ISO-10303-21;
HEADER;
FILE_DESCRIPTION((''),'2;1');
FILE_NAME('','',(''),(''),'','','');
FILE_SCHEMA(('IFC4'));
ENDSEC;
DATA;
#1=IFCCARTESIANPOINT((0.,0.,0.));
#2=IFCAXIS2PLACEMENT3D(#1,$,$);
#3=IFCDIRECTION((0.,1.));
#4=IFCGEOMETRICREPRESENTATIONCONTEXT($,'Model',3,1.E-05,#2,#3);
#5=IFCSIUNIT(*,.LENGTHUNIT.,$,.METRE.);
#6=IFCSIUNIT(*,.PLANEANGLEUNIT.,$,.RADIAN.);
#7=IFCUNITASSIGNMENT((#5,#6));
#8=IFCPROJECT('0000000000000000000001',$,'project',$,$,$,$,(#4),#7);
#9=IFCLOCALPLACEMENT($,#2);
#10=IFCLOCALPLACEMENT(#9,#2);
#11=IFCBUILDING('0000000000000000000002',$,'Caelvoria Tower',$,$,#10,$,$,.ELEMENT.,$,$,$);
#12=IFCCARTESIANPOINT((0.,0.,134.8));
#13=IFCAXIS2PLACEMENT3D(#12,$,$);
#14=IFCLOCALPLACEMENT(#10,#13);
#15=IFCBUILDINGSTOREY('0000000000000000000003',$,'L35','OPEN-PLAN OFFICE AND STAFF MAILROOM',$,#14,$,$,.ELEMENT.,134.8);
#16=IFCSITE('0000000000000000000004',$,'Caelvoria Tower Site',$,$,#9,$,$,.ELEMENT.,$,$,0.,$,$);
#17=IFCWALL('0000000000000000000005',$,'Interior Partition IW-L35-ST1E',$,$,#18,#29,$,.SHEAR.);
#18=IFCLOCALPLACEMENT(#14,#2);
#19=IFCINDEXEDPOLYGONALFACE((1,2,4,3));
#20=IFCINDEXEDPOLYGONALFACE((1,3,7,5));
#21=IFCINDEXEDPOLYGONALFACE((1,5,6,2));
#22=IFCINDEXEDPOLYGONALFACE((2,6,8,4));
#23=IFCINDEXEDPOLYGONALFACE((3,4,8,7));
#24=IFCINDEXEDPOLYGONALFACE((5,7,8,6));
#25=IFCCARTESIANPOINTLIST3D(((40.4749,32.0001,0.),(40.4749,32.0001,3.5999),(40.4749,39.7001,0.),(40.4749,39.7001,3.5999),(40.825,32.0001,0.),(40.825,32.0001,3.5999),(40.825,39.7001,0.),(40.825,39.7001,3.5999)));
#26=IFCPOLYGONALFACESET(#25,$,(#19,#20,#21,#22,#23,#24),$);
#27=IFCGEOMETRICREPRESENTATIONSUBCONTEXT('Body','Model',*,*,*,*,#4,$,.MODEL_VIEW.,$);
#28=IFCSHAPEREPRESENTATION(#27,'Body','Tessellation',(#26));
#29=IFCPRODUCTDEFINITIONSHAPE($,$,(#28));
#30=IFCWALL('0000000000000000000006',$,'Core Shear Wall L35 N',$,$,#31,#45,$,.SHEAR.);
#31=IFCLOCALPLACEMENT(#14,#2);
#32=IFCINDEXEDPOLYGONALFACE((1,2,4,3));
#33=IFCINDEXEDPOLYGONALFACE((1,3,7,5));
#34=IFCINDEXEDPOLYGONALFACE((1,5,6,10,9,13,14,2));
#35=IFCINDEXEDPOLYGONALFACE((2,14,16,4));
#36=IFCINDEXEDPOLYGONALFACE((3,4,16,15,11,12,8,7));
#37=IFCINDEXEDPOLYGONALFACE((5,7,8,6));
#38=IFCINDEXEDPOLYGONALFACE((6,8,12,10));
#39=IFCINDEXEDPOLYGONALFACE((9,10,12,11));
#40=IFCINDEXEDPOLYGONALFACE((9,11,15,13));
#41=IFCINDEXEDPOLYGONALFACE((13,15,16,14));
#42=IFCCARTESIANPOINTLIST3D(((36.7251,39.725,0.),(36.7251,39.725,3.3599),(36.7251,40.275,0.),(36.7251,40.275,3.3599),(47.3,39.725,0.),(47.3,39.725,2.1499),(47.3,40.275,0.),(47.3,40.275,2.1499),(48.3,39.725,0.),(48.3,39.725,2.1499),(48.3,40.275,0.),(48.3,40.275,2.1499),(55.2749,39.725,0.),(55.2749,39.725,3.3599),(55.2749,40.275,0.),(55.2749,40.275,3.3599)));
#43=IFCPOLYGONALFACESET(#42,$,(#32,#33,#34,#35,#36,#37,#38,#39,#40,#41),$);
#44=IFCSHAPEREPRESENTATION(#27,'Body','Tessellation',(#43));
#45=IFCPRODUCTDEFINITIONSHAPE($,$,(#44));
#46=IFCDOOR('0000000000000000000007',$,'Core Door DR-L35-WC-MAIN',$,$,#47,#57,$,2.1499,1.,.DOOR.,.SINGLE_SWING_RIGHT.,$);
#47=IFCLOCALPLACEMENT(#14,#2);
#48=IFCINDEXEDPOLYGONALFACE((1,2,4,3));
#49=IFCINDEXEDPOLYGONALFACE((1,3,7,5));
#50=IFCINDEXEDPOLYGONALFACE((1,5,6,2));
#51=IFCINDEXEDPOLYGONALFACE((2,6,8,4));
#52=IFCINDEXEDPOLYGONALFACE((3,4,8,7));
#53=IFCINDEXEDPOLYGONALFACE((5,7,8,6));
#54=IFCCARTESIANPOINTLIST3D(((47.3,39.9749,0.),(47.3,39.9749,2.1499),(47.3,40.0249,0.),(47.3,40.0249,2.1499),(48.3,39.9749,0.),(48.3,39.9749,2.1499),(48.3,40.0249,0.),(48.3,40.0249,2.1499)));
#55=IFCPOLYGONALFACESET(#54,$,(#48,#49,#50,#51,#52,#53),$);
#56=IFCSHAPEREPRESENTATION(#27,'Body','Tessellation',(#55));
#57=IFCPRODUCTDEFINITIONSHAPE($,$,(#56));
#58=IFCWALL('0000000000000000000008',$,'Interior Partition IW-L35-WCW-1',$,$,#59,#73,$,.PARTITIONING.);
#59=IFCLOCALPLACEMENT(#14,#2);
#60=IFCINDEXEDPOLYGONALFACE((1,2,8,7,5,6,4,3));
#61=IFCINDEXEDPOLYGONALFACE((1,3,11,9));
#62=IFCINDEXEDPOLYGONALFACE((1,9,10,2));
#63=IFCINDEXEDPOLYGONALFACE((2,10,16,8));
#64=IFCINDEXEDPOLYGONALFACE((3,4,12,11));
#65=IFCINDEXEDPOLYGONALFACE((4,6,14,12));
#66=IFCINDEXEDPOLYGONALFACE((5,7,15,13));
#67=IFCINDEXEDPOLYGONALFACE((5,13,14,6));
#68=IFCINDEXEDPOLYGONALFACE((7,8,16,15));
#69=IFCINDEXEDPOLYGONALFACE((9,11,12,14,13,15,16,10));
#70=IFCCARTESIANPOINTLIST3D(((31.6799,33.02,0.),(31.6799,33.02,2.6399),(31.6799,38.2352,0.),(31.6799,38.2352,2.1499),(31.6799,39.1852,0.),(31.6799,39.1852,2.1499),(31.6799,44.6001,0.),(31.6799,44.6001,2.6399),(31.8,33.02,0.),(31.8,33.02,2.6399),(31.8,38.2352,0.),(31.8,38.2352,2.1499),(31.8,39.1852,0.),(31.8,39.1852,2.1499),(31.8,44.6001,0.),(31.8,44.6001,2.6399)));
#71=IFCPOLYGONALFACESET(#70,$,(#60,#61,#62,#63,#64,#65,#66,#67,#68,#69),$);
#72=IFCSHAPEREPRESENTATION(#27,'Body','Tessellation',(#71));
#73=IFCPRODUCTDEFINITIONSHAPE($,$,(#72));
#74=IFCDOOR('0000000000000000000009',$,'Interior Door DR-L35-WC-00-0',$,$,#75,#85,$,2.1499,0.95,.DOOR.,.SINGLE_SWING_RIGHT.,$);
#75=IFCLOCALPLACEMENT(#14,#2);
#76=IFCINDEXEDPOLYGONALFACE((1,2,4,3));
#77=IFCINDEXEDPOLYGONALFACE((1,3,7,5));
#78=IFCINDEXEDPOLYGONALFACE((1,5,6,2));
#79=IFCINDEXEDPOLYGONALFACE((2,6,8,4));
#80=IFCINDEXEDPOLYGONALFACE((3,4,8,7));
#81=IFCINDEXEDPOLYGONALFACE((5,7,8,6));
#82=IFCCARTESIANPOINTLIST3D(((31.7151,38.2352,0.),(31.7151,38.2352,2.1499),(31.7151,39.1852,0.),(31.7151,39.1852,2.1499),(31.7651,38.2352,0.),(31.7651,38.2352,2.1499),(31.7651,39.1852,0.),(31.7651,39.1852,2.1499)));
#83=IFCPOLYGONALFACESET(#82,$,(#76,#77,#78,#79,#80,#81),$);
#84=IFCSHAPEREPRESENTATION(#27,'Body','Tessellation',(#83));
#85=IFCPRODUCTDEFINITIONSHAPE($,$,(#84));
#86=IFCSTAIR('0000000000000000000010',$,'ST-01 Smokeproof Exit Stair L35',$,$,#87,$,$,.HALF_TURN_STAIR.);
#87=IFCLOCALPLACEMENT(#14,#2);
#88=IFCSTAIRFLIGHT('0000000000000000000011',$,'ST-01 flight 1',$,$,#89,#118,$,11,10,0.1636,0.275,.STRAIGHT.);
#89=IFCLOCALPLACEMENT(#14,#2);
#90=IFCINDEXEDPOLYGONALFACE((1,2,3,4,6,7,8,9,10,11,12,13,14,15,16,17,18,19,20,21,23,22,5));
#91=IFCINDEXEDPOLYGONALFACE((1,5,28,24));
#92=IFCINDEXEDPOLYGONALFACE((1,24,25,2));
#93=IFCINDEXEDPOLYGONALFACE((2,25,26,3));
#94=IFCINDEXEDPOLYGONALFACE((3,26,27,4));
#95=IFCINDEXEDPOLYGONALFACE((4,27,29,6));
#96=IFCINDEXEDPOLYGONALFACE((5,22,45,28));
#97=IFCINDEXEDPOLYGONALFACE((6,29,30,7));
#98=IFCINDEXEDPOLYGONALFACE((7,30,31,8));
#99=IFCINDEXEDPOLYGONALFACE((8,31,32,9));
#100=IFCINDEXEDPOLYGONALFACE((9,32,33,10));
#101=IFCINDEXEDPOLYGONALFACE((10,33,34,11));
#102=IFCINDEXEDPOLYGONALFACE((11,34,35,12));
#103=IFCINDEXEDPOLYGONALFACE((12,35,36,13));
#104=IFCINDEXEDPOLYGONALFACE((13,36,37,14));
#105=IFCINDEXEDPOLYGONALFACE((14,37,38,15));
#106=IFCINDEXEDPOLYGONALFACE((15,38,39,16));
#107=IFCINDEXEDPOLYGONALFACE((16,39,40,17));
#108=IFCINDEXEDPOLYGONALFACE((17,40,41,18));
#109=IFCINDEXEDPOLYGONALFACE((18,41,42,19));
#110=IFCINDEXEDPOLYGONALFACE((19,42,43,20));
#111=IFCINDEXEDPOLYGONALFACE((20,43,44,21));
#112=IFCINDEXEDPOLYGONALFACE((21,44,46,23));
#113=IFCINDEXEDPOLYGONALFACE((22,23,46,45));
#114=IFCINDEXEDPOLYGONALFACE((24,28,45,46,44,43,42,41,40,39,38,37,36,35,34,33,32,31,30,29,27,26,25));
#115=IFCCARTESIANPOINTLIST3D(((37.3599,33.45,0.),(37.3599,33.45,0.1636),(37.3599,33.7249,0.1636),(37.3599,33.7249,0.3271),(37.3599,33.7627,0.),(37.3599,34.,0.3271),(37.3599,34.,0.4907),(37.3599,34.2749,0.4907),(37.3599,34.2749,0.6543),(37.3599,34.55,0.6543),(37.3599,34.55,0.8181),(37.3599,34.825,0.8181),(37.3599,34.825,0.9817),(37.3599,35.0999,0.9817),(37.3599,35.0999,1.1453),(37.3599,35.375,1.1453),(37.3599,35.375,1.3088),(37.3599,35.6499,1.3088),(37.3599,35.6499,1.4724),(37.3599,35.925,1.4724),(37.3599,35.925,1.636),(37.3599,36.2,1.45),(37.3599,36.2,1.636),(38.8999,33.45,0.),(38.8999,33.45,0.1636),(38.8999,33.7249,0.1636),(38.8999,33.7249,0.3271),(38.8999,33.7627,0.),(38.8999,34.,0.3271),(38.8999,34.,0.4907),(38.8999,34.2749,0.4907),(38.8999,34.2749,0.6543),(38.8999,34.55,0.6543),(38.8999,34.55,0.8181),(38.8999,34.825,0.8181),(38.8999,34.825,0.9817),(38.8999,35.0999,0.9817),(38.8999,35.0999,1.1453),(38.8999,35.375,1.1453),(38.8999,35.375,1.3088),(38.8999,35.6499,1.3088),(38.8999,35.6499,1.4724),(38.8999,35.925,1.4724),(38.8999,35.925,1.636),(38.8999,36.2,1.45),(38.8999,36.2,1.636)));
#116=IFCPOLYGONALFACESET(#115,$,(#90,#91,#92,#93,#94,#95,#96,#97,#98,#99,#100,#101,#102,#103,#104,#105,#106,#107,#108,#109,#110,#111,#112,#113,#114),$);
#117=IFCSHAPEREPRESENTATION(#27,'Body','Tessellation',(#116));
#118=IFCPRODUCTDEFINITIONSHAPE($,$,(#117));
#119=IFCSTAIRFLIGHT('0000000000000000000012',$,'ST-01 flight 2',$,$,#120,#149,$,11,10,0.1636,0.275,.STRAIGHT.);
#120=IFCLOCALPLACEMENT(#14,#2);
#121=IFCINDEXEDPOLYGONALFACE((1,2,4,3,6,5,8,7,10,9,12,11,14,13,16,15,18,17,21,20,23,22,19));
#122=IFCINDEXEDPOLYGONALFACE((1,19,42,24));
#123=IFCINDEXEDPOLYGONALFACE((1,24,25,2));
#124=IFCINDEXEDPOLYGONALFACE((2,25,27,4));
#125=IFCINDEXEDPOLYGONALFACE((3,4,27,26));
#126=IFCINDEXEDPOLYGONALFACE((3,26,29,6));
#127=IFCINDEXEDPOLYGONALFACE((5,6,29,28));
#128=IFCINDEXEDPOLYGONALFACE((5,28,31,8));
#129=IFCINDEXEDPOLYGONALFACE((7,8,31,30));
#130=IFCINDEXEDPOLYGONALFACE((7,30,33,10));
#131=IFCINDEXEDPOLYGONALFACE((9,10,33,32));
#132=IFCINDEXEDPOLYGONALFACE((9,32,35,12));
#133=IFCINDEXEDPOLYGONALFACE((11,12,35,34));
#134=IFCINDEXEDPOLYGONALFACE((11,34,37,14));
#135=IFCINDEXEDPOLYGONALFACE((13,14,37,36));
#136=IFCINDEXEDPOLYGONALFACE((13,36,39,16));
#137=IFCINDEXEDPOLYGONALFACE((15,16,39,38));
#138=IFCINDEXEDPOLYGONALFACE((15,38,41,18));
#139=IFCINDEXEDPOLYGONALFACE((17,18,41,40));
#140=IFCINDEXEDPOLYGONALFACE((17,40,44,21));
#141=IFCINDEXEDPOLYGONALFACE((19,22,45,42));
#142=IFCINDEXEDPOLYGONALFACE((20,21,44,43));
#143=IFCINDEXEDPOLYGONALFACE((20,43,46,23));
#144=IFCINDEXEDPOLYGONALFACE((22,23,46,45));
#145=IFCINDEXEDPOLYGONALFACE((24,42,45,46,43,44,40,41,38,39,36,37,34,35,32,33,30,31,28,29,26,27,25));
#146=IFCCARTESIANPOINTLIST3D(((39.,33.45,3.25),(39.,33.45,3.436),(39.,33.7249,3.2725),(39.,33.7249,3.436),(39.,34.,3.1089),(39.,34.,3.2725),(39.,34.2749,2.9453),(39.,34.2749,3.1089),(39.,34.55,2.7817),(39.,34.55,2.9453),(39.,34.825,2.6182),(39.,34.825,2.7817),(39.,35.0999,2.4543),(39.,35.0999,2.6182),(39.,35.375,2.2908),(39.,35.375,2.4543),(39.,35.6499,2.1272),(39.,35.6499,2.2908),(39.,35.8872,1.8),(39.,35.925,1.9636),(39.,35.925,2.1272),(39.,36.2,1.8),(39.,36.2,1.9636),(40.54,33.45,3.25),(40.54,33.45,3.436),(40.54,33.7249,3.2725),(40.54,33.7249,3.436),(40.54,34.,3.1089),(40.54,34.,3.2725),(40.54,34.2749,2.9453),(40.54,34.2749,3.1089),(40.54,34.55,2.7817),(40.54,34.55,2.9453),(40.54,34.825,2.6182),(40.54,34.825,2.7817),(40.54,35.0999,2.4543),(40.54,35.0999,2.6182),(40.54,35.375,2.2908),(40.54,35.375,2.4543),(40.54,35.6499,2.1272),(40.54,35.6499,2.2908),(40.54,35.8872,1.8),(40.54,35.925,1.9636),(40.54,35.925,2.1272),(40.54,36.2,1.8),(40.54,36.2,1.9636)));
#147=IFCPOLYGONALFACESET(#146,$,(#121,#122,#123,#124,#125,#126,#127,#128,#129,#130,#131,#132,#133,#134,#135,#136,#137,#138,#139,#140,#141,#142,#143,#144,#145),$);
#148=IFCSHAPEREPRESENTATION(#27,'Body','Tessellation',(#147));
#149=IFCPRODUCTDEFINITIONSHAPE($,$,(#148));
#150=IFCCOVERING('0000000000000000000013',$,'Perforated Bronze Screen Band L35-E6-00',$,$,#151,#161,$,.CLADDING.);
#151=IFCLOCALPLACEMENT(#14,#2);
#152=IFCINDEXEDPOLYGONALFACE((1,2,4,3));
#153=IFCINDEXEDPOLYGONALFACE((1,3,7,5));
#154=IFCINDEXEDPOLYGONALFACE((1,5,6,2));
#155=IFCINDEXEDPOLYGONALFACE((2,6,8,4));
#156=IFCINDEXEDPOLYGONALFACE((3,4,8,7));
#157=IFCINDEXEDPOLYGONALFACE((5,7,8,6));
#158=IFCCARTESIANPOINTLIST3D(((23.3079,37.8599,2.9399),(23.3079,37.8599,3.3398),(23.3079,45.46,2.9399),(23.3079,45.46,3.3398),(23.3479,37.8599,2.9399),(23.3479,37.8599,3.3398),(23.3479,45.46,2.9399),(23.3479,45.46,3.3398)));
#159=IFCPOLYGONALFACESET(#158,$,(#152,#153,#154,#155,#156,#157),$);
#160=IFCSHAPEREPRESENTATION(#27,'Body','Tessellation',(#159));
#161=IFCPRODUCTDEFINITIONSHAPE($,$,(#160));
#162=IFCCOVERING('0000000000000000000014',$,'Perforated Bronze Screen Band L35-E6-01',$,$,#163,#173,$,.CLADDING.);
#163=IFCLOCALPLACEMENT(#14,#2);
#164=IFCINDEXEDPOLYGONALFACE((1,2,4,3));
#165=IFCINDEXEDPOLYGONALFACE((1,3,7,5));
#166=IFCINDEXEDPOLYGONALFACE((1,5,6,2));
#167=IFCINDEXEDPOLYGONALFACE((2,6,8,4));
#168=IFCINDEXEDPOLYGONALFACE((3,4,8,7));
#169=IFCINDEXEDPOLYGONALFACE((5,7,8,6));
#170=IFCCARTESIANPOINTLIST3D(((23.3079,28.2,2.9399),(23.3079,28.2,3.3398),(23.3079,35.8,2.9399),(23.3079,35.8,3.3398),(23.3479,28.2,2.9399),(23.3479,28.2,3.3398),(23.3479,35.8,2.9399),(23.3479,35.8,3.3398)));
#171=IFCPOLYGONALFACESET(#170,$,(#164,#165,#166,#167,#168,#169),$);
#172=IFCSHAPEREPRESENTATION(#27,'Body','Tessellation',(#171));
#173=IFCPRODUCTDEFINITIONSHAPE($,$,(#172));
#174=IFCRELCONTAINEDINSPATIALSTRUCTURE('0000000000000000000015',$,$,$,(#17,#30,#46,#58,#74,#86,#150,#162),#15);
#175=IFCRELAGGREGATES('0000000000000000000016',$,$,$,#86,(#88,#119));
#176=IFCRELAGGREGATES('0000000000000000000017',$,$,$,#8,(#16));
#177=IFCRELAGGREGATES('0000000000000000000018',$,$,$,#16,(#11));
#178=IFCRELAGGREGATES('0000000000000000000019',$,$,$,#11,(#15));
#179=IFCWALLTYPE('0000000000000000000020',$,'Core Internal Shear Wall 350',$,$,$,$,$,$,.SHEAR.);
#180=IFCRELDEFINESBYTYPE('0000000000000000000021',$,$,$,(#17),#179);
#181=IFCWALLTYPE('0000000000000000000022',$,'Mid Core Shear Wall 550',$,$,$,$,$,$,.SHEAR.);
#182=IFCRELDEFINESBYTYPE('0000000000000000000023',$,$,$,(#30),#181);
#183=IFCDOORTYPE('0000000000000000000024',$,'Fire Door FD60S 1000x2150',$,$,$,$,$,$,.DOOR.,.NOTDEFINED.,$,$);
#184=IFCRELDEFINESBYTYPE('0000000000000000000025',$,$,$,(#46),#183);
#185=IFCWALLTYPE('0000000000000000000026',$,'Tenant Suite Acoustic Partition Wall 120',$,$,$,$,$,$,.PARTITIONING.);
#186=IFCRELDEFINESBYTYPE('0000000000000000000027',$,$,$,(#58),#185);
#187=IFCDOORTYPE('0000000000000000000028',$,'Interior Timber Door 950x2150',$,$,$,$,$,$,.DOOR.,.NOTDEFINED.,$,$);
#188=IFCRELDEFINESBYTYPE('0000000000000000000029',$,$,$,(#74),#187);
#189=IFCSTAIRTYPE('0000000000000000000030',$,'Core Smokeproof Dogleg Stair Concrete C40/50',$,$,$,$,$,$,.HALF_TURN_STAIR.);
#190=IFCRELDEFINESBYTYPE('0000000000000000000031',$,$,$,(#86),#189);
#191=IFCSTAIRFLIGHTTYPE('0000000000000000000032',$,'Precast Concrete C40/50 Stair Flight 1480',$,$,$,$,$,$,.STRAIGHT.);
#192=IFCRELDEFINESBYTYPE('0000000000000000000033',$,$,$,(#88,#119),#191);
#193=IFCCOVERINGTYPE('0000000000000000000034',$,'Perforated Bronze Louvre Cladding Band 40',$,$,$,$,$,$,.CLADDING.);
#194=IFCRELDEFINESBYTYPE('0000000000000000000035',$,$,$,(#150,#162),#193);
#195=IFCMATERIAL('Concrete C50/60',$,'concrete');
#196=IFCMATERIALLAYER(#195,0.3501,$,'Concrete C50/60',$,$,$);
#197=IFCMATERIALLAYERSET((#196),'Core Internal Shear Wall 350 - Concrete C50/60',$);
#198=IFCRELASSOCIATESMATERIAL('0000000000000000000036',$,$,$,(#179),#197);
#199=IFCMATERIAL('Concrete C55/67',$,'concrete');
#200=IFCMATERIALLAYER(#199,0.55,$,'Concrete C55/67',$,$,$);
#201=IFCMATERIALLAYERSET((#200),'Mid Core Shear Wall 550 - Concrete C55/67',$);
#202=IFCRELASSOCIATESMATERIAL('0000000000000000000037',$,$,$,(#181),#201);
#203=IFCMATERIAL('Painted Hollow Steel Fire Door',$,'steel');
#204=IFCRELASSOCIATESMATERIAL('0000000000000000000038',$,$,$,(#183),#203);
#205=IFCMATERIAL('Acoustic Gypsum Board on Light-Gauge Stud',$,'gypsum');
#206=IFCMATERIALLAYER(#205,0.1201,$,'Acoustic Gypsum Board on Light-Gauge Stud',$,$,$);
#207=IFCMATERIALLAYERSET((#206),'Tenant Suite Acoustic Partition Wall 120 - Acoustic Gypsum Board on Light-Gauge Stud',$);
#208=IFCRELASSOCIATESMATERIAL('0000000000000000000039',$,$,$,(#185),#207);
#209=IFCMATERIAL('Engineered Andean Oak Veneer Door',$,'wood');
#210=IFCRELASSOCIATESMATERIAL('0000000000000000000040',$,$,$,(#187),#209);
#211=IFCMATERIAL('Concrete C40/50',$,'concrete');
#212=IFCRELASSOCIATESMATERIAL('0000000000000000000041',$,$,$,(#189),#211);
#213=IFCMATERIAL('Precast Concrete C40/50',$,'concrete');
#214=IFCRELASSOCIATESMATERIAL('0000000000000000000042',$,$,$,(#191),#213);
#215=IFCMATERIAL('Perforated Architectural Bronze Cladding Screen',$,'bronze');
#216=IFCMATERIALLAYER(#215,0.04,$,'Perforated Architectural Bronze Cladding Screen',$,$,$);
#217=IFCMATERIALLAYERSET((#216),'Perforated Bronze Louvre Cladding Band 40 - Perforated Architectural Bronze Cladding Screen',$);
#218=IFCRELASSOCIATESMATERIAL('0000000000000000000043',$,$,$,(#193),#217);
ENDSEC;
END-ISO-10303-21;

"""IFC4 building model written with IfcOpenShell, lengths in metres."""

from ifc_helpers import new_model, si_unit, direction, frame, frame_2d, origin, origin_2d, place, context, subcontext, project, spatial, polyline, rectangle, outline, extrude, material, layer, layer_set, type_object, element, fill, aggregate, save


model = new_model("IFC4")

# Units and contexts
model_context = context("Model", 3, precision=1e-05, world=origin(), true_north=direction((0.0, 1.0)))
body_context = subcontext(model_context, "Body", "Model", "MODEL_VIEW")
ifc_project = project(units=[si_unit("LENGTHUNIT", "METRE"), si_unit("PLANEANGLEUNIT", "RADIAN")], contexts=[model_context])

# Site, building, storey
site_placement = place(None, origin())
site = spatial("IfcSite", under=ifc_project, at=site_placement, Name="Caelvoria Tower Site", CompositionType="ELEMENT", RefElevation=0.0)
building_placement = place(site_placement, origin())
building = spatial("IfcBuilding", under=site, at=building_placement, Name="Caelvoria Tower", CompositionType="ELEMENT")
storey_placement = place(building_placement, frame((0.0, 0.0, 134.8)))
storey = spatial("IfcBuildingStorey", under=building, at=storey_placement, Name="L35", Description="OPEN-PLAN OFFICE AND STAFF MAILROOM", CompositionType="ELEMENT", Elevation=134.8)

# Wall
ifc_material_1 = material(Name="Concrete C50/60", Category="concrete")
ifc_layer_1 = layer(ifc_material_1, 0.3501, Name="Concrete C50/60")
ifc_layer_set_1 = layer_set([ifc_layer_1], Name="Core Internal Shear Wall 350 - Concrete C50/60")
wall_type_1 = type_object("IfcWallType", Name="Core Internal Shear Wall 350", PredefinedType="SHEAR", material=ifc_layer_set_1)
wall_1_placement = place(storey_placement, frame((40.6499, 32.0, 0.0), z_axis=(0.0, 0.0, 1.0), x_axis=(0.0, 1.0, 0.0)))
element("IfcWall", 1, at=wall_1_placement, inside=storey, type_object=wall_type_1, Name="Interior Partition IW-L35-ST1E", PredefinedType="SHEAR", context=body_context, shape_type="SweptSolid", body=[
    extrude(rectangle(XDim=7.7, YDim=0.3501, at=frame_2d((3.8501, 0.0))), origin(), (0.0, 0.0, 1.0), 3.5999),
])

# Walls, openings, doors
ifc_material_2 = material(Name="Concrete C55/67", Category="concrete")
ifc_layer_2 = layer(ifc_material_2, 0.55, Name="Concrete C55/67")
ifc_layer_set_2 = layer_set([ifc_layer_2], Name="Mid Core Shear Wall 550 - Concrete C55/67")
wall_type_2 = type_object("IfcWallType", Name="Mid Core Shear Wall 550", PredefinedType="SHEAR", material=ifc_layer_set_2)
wall_2_placement = place(storey_placement, frame((36.7251, 40.0, 0.0), z_axis=(0.0, 0.0, 1.0), x_axis=(1.0, 0.0, 0.0)))
wall_2 = element("IfcWall", 2, at=wall_2_placement, inside=storey, type_object=wall_type_2, Name="Core Shear Wall L35 N", PredefinedType="SHEAR", context=body_context, shape_type="SweptSolid", body=[
    extrude(rectangle(XDim=18.5498, YDim=0.55, at=frame_2d((9.2749, 0.0))), origin(), (0.0, 0.0, 1.0), 3.3599),
])
opening_1_placement = place(wall_2_placement, frame((10.575, 0.0, 0.0)))
opening_1 = element("IfcOpeningElement", 3, at=opening_1_placement, cuts=wall_2, PredefinedType="OPENING", context=body_context, shape_type="SweptSolid", body=[
    extrude(rectangle(XDim=1.0, YDim=2.1499, at=frame_2d((0.5, 1.075))), frame((0.0, 0.2849, 0.0), z_axis=(0.0, -1.0, 0.0), x_axis=(1.0, 0.0, 0.0)), (0.0, 0.0, 1.0), 0.5701),
])
ifc_material_3 = material(Name="Painted Hollow Steel Fire Door", Category="steel")
door_type_1 = type_object("IfcDoorType", Name="Fire Door FD60S 1000x2150", OperationType="NOTDEFINED", PredefinedType="DOOR", material=ifc_material_3)
door_1_placement = place(opening_1_placement, origin())
door_1 = element("IfcDoor", 4, at=door_1_placement, inside=storey, type_object=door_type_1, Name="Core Door DR-L35-WC-MAIN", OperationType="SINGLE_SWING_RIGHT", OverallHeight=2.1499, OverallWidth=1.0, PredefinedType="DOOR", context=body_context, shape_type="SweptSolid", body=[
    extrude(rectangle(XDim=1.0, YDim=2.1499, at=frame_2d((0.5, 1.075))), frame((0.0, 0.0249, 0.0), z_axis=(0.0, -1.0, 0.0), x_axis=(1.0, 0.0, 0.0)), (0.0, 0.0, 1.0), 0.05),
])
fill(opening_1, door_1)
ifc_material_4 = material(Name="Acoustic Gypsum Board on Light-Gauge Stud", Category="gypsum")
ifc_layer_3 = layer(ifc_material_4, 0.1201, Name="Acoustic Gypsum Board on Light-Gauge Stud")
ifc_layer_set_3 = layer_set([ifc_layer_3], Name="Tenant Suite Acoustic Partition Wall 120 - Acoustic Gypsum Board on Light-Gauge Stud")
wall_type_3 = type_object("IfcWallType", Name="Tenant Suite Acoustic Partition Wall 120", PredefinedType="PARTITIONING", material=ifc_layer_set_3)
wall_3_placement = place(storey_placement, frame((31.74, 33.02, 0.0), z_axis=(0.0, 0.0, 1.0), x_axis=(0.0, 1.0, 0.0)))
wall_3 = element("IfcWall", 5, at=wall_3_placement, inside=storey, type_object=wall_type_3, Name="Interior Partition IW-L35-WCW-1", PredefinedType="PARTITIONING", context=body_context, shape_type="SweptSolid", body=[
    extrude(rectangle(XDim=11.5801, YDim=0.1201, at=frame_2d((5.79, 0.0))), origin(), (0.0, 0.0, 1.0), 2.6399),
])
opening_2_placement = place(wall_3_placement, frame((5.2151, 0.0, 0.0)))
opening_2 = element("IfcOpeningElement", 6, at=opening_2_placement, cuts=wall_3, PredefinedType="OPENING", context=body_context, shape_type="SweptSolid", body=[
    extrude(rectangle(XDim=0.95, YDim=2.1499, at=frame_2d((0.4751, 1.075))), frame((0.0, 0.0701, 0.0), z_axis=(0.0, -1.0, 0.0), x_axis=(1.0, 0.0, 0.0)), (0.0, 0.0, 1.0), 0.1401),
])
ifc_material_5 = material(Name="Engineered Andean Oak Veneer Door", Category="wood")
door_type_2 = type_object("IfcDoorType", Name="Interior Timber Door 950x2150", OperationType="NOTDEFINED", PredefinedType="DOOR", material=ifc_material_5)
door_2_placement = place(opening_2_placement, origin())
door_2 = element("IfcDoor", 7, at=door_2_placement, inside=storey, type_object=door_type_2, Name="Interior Door DR-L35-WC-00-0", OperationType="SINGLE_SWING_RIGHT", OverallHeight=2.1499, OverallWidth=0.95, PredefinedType="DOOR", context=body_context, shape_type="SweptSolid", body=[
    extrude(rectangle(XDim=0.95, YDim=2.1499, at=frame_2d((0.4751, 1.075))), frame((0.0, 0.0249, 0.0), z_axis=(0.0, -1.0, 0.0), x_axis=(1.0, 0.0, 0.0)), (0.0, 0.0, 1.0), 0.05),
])
fill(opening_2, door_2)

# Stair, stair flights
ifc_material_6 = material(Name="Concrete C40/50", Category="concrete")
stair_type = type_object("IfcStairType", Name="Core Smokeproof Dogleg Stair Concrete C40/50", PredefinedType="HALF_TURN_STAIR", material=ifc_material_6)
stair_placement = place(storey_placement, origin())
stair = element("IfcStair", 8, at=stair_placement, inside=storey, type_object=stair_type, Name="ST-01 Smokeproof Exit Stair L35", PredefinedType="HALF_TURN_STAIR")
ifc_material_7 = material(Name="Precast Concrete C40/50", Category="concrete")
stair_flight_type = type_object("IfcStairFlightType", Name="Precast Concrete C40/50 Stair Flight 1480", PredefinedType="STRAIGHT", material=ifc_material_7)
stair_flight_1_placement = place(storey_placement, frame((38.1299, 33.45, 0.0), z_axis=(0.0, 0.0, 1.0), x_axis=(0.0, 1.0, 0.0)))
stair_flight_1 = element("IfcStairFlight", 9, at=stair_flight_1_placement, type_object=stair_flight_type, Name="ST-01 flight 1", NumberOfRisers=11, NumberOfTreads=10, PredefinedType="STRAIGHT", RiserHeight=0.1636, TreadLength=0.275, context=body_context, shape_type="SweptSolid", body=[
    extrude(outline(polyline([(0.0, 0.0), (0.0, 0.1636), (0.2749, 0.1636), (0.2749, 0.3271), (0.55, 0.3271), (0.55, 0.4907), (0.825, 0.4907), (0.825, 0.6543), (1.1001, 0.6543), (1.1001, 0.8181), (1.375, 0.8181), (1.375, 0.9817), (1.6499, 0.9817), (1.6499, 1.1453), (1.925, 1.1453), (1.925, 1.3088), (2.2, 1.3088), (2.2, 1.4724), (2.4751, 1.4724), (2.4751, 1.636), (2.75, 1.636), (2.75, 1.7996), (2.75, 1.45), (0.3127, 0.0), (0.0, 0.0)])), frame((0.0, 0.77, 0.0), z_axis=(0.0, -1.0, 0.0), x_axis=(1.0, 0.0, 0.0)), (0.0, 0.0, 1.0), 1.54),
])
stair_flight_2_placement = place(storey_placement, frame((39.77, 36.2, 1.8), z_axis=(0.0, 0.0, 1.0), x_axis=(0.0, -1.0, 0.0)))
stair_flight_2 = element("IfcStairFlight", 10, at=stair_flight_2_placement, type_object=stair_flight_type, Name="ST-01 flight 2", NumberOfRisers=11, NumberOfTreads=10, PredefinedType="STRAIGHT", RiserHeight=0.1636, TreadLength=0.275, context=body_context, shape_type="SweptSolid", body=[
    extrude(outline(polyline([(0.0, 0.0), (0.0, 0.1636), (0.2749, 0.1636), (0.2749, 0.3271), (0.55, 0.3271), (0.55, 0.4907), (0.825, 0.4907), (0.825, 0.6543), (1.1001, 0.6543), (1.1001, 0.8181), (1.375, 0.8181), (1.375, 0.9817), (1.6499, 0.9817), (1.6499, 1.1453), (1.925, 1.1453), (1.925, 1.3088), (2.2, 1.3088), (2.2, 1.4724), (2.4751, 1.4724), (2.4751, 1.636), (2.75, 1.636), (2.75, 1.7996), (2.75, 1.45), (0.3127, 0.0), (0.0, 0.0)])), frame((0.0, 0.77, 0.0), z_axis=(0.0, -1.0, 0.0), x_axis=(1.0, 0.0, 0.0)), (0.0, 0.0, 1.0), 1.54),
])
aggregate(stair, [stair_flight_1, stair_flight_2])

# Coverings
ifc_material_8 = material(Name="Perforated Architectural Bronze Cladding Screen", Category="bronze")
ifc_layer_4 = layer(ifc_material_8, 0.04, Name="Perforated Architectural Bronze Cladding Screen")
ifc_layer_set_4 = layer_set([ifc_layer_4], Name="Perforated Bronze Louvre Cladding Band 40 - Perforated Architectural Bronze Cladding Screen")
covering_type = type_object("IfcCoveringType", Name="Perforated Bronze Louvre Cladding Band 40", PredefinedType="CLADDING", material=ifc_layer_set_4)
for number, where, z_axis, x_axis, name in (
    (11, (23.3279, 41.6599, 2.9399), (0.0, 0.0, 1.0), (0.0, -1.0, 0.0), "Perforated Bronze Screen Band L35-E6-00"),
    (12, (23.3279, 32.0, 2.9399), (0.0, 0.0, 1.0), (0.0, -1.0, 0.0), "Perforated Bronze Screen Band L35-E6-01"),
):
    element("IfcCovering", number, at=place(storey_placement, frame(where, z_axis=z_axis, x_axis=x_axis)), inside=storey, type_object=covering_type, Name=name, PredefinedType="CLADDING", context=body_context, shape_type="SweptSolid", body=[
        extrude(rectangle(XDim=7.6001, YDim=0.04, at=origin_2d()), origin(), (0.0, 0.0, 1.0), 0.3999),
    ])

save(model, "model.ifc")
